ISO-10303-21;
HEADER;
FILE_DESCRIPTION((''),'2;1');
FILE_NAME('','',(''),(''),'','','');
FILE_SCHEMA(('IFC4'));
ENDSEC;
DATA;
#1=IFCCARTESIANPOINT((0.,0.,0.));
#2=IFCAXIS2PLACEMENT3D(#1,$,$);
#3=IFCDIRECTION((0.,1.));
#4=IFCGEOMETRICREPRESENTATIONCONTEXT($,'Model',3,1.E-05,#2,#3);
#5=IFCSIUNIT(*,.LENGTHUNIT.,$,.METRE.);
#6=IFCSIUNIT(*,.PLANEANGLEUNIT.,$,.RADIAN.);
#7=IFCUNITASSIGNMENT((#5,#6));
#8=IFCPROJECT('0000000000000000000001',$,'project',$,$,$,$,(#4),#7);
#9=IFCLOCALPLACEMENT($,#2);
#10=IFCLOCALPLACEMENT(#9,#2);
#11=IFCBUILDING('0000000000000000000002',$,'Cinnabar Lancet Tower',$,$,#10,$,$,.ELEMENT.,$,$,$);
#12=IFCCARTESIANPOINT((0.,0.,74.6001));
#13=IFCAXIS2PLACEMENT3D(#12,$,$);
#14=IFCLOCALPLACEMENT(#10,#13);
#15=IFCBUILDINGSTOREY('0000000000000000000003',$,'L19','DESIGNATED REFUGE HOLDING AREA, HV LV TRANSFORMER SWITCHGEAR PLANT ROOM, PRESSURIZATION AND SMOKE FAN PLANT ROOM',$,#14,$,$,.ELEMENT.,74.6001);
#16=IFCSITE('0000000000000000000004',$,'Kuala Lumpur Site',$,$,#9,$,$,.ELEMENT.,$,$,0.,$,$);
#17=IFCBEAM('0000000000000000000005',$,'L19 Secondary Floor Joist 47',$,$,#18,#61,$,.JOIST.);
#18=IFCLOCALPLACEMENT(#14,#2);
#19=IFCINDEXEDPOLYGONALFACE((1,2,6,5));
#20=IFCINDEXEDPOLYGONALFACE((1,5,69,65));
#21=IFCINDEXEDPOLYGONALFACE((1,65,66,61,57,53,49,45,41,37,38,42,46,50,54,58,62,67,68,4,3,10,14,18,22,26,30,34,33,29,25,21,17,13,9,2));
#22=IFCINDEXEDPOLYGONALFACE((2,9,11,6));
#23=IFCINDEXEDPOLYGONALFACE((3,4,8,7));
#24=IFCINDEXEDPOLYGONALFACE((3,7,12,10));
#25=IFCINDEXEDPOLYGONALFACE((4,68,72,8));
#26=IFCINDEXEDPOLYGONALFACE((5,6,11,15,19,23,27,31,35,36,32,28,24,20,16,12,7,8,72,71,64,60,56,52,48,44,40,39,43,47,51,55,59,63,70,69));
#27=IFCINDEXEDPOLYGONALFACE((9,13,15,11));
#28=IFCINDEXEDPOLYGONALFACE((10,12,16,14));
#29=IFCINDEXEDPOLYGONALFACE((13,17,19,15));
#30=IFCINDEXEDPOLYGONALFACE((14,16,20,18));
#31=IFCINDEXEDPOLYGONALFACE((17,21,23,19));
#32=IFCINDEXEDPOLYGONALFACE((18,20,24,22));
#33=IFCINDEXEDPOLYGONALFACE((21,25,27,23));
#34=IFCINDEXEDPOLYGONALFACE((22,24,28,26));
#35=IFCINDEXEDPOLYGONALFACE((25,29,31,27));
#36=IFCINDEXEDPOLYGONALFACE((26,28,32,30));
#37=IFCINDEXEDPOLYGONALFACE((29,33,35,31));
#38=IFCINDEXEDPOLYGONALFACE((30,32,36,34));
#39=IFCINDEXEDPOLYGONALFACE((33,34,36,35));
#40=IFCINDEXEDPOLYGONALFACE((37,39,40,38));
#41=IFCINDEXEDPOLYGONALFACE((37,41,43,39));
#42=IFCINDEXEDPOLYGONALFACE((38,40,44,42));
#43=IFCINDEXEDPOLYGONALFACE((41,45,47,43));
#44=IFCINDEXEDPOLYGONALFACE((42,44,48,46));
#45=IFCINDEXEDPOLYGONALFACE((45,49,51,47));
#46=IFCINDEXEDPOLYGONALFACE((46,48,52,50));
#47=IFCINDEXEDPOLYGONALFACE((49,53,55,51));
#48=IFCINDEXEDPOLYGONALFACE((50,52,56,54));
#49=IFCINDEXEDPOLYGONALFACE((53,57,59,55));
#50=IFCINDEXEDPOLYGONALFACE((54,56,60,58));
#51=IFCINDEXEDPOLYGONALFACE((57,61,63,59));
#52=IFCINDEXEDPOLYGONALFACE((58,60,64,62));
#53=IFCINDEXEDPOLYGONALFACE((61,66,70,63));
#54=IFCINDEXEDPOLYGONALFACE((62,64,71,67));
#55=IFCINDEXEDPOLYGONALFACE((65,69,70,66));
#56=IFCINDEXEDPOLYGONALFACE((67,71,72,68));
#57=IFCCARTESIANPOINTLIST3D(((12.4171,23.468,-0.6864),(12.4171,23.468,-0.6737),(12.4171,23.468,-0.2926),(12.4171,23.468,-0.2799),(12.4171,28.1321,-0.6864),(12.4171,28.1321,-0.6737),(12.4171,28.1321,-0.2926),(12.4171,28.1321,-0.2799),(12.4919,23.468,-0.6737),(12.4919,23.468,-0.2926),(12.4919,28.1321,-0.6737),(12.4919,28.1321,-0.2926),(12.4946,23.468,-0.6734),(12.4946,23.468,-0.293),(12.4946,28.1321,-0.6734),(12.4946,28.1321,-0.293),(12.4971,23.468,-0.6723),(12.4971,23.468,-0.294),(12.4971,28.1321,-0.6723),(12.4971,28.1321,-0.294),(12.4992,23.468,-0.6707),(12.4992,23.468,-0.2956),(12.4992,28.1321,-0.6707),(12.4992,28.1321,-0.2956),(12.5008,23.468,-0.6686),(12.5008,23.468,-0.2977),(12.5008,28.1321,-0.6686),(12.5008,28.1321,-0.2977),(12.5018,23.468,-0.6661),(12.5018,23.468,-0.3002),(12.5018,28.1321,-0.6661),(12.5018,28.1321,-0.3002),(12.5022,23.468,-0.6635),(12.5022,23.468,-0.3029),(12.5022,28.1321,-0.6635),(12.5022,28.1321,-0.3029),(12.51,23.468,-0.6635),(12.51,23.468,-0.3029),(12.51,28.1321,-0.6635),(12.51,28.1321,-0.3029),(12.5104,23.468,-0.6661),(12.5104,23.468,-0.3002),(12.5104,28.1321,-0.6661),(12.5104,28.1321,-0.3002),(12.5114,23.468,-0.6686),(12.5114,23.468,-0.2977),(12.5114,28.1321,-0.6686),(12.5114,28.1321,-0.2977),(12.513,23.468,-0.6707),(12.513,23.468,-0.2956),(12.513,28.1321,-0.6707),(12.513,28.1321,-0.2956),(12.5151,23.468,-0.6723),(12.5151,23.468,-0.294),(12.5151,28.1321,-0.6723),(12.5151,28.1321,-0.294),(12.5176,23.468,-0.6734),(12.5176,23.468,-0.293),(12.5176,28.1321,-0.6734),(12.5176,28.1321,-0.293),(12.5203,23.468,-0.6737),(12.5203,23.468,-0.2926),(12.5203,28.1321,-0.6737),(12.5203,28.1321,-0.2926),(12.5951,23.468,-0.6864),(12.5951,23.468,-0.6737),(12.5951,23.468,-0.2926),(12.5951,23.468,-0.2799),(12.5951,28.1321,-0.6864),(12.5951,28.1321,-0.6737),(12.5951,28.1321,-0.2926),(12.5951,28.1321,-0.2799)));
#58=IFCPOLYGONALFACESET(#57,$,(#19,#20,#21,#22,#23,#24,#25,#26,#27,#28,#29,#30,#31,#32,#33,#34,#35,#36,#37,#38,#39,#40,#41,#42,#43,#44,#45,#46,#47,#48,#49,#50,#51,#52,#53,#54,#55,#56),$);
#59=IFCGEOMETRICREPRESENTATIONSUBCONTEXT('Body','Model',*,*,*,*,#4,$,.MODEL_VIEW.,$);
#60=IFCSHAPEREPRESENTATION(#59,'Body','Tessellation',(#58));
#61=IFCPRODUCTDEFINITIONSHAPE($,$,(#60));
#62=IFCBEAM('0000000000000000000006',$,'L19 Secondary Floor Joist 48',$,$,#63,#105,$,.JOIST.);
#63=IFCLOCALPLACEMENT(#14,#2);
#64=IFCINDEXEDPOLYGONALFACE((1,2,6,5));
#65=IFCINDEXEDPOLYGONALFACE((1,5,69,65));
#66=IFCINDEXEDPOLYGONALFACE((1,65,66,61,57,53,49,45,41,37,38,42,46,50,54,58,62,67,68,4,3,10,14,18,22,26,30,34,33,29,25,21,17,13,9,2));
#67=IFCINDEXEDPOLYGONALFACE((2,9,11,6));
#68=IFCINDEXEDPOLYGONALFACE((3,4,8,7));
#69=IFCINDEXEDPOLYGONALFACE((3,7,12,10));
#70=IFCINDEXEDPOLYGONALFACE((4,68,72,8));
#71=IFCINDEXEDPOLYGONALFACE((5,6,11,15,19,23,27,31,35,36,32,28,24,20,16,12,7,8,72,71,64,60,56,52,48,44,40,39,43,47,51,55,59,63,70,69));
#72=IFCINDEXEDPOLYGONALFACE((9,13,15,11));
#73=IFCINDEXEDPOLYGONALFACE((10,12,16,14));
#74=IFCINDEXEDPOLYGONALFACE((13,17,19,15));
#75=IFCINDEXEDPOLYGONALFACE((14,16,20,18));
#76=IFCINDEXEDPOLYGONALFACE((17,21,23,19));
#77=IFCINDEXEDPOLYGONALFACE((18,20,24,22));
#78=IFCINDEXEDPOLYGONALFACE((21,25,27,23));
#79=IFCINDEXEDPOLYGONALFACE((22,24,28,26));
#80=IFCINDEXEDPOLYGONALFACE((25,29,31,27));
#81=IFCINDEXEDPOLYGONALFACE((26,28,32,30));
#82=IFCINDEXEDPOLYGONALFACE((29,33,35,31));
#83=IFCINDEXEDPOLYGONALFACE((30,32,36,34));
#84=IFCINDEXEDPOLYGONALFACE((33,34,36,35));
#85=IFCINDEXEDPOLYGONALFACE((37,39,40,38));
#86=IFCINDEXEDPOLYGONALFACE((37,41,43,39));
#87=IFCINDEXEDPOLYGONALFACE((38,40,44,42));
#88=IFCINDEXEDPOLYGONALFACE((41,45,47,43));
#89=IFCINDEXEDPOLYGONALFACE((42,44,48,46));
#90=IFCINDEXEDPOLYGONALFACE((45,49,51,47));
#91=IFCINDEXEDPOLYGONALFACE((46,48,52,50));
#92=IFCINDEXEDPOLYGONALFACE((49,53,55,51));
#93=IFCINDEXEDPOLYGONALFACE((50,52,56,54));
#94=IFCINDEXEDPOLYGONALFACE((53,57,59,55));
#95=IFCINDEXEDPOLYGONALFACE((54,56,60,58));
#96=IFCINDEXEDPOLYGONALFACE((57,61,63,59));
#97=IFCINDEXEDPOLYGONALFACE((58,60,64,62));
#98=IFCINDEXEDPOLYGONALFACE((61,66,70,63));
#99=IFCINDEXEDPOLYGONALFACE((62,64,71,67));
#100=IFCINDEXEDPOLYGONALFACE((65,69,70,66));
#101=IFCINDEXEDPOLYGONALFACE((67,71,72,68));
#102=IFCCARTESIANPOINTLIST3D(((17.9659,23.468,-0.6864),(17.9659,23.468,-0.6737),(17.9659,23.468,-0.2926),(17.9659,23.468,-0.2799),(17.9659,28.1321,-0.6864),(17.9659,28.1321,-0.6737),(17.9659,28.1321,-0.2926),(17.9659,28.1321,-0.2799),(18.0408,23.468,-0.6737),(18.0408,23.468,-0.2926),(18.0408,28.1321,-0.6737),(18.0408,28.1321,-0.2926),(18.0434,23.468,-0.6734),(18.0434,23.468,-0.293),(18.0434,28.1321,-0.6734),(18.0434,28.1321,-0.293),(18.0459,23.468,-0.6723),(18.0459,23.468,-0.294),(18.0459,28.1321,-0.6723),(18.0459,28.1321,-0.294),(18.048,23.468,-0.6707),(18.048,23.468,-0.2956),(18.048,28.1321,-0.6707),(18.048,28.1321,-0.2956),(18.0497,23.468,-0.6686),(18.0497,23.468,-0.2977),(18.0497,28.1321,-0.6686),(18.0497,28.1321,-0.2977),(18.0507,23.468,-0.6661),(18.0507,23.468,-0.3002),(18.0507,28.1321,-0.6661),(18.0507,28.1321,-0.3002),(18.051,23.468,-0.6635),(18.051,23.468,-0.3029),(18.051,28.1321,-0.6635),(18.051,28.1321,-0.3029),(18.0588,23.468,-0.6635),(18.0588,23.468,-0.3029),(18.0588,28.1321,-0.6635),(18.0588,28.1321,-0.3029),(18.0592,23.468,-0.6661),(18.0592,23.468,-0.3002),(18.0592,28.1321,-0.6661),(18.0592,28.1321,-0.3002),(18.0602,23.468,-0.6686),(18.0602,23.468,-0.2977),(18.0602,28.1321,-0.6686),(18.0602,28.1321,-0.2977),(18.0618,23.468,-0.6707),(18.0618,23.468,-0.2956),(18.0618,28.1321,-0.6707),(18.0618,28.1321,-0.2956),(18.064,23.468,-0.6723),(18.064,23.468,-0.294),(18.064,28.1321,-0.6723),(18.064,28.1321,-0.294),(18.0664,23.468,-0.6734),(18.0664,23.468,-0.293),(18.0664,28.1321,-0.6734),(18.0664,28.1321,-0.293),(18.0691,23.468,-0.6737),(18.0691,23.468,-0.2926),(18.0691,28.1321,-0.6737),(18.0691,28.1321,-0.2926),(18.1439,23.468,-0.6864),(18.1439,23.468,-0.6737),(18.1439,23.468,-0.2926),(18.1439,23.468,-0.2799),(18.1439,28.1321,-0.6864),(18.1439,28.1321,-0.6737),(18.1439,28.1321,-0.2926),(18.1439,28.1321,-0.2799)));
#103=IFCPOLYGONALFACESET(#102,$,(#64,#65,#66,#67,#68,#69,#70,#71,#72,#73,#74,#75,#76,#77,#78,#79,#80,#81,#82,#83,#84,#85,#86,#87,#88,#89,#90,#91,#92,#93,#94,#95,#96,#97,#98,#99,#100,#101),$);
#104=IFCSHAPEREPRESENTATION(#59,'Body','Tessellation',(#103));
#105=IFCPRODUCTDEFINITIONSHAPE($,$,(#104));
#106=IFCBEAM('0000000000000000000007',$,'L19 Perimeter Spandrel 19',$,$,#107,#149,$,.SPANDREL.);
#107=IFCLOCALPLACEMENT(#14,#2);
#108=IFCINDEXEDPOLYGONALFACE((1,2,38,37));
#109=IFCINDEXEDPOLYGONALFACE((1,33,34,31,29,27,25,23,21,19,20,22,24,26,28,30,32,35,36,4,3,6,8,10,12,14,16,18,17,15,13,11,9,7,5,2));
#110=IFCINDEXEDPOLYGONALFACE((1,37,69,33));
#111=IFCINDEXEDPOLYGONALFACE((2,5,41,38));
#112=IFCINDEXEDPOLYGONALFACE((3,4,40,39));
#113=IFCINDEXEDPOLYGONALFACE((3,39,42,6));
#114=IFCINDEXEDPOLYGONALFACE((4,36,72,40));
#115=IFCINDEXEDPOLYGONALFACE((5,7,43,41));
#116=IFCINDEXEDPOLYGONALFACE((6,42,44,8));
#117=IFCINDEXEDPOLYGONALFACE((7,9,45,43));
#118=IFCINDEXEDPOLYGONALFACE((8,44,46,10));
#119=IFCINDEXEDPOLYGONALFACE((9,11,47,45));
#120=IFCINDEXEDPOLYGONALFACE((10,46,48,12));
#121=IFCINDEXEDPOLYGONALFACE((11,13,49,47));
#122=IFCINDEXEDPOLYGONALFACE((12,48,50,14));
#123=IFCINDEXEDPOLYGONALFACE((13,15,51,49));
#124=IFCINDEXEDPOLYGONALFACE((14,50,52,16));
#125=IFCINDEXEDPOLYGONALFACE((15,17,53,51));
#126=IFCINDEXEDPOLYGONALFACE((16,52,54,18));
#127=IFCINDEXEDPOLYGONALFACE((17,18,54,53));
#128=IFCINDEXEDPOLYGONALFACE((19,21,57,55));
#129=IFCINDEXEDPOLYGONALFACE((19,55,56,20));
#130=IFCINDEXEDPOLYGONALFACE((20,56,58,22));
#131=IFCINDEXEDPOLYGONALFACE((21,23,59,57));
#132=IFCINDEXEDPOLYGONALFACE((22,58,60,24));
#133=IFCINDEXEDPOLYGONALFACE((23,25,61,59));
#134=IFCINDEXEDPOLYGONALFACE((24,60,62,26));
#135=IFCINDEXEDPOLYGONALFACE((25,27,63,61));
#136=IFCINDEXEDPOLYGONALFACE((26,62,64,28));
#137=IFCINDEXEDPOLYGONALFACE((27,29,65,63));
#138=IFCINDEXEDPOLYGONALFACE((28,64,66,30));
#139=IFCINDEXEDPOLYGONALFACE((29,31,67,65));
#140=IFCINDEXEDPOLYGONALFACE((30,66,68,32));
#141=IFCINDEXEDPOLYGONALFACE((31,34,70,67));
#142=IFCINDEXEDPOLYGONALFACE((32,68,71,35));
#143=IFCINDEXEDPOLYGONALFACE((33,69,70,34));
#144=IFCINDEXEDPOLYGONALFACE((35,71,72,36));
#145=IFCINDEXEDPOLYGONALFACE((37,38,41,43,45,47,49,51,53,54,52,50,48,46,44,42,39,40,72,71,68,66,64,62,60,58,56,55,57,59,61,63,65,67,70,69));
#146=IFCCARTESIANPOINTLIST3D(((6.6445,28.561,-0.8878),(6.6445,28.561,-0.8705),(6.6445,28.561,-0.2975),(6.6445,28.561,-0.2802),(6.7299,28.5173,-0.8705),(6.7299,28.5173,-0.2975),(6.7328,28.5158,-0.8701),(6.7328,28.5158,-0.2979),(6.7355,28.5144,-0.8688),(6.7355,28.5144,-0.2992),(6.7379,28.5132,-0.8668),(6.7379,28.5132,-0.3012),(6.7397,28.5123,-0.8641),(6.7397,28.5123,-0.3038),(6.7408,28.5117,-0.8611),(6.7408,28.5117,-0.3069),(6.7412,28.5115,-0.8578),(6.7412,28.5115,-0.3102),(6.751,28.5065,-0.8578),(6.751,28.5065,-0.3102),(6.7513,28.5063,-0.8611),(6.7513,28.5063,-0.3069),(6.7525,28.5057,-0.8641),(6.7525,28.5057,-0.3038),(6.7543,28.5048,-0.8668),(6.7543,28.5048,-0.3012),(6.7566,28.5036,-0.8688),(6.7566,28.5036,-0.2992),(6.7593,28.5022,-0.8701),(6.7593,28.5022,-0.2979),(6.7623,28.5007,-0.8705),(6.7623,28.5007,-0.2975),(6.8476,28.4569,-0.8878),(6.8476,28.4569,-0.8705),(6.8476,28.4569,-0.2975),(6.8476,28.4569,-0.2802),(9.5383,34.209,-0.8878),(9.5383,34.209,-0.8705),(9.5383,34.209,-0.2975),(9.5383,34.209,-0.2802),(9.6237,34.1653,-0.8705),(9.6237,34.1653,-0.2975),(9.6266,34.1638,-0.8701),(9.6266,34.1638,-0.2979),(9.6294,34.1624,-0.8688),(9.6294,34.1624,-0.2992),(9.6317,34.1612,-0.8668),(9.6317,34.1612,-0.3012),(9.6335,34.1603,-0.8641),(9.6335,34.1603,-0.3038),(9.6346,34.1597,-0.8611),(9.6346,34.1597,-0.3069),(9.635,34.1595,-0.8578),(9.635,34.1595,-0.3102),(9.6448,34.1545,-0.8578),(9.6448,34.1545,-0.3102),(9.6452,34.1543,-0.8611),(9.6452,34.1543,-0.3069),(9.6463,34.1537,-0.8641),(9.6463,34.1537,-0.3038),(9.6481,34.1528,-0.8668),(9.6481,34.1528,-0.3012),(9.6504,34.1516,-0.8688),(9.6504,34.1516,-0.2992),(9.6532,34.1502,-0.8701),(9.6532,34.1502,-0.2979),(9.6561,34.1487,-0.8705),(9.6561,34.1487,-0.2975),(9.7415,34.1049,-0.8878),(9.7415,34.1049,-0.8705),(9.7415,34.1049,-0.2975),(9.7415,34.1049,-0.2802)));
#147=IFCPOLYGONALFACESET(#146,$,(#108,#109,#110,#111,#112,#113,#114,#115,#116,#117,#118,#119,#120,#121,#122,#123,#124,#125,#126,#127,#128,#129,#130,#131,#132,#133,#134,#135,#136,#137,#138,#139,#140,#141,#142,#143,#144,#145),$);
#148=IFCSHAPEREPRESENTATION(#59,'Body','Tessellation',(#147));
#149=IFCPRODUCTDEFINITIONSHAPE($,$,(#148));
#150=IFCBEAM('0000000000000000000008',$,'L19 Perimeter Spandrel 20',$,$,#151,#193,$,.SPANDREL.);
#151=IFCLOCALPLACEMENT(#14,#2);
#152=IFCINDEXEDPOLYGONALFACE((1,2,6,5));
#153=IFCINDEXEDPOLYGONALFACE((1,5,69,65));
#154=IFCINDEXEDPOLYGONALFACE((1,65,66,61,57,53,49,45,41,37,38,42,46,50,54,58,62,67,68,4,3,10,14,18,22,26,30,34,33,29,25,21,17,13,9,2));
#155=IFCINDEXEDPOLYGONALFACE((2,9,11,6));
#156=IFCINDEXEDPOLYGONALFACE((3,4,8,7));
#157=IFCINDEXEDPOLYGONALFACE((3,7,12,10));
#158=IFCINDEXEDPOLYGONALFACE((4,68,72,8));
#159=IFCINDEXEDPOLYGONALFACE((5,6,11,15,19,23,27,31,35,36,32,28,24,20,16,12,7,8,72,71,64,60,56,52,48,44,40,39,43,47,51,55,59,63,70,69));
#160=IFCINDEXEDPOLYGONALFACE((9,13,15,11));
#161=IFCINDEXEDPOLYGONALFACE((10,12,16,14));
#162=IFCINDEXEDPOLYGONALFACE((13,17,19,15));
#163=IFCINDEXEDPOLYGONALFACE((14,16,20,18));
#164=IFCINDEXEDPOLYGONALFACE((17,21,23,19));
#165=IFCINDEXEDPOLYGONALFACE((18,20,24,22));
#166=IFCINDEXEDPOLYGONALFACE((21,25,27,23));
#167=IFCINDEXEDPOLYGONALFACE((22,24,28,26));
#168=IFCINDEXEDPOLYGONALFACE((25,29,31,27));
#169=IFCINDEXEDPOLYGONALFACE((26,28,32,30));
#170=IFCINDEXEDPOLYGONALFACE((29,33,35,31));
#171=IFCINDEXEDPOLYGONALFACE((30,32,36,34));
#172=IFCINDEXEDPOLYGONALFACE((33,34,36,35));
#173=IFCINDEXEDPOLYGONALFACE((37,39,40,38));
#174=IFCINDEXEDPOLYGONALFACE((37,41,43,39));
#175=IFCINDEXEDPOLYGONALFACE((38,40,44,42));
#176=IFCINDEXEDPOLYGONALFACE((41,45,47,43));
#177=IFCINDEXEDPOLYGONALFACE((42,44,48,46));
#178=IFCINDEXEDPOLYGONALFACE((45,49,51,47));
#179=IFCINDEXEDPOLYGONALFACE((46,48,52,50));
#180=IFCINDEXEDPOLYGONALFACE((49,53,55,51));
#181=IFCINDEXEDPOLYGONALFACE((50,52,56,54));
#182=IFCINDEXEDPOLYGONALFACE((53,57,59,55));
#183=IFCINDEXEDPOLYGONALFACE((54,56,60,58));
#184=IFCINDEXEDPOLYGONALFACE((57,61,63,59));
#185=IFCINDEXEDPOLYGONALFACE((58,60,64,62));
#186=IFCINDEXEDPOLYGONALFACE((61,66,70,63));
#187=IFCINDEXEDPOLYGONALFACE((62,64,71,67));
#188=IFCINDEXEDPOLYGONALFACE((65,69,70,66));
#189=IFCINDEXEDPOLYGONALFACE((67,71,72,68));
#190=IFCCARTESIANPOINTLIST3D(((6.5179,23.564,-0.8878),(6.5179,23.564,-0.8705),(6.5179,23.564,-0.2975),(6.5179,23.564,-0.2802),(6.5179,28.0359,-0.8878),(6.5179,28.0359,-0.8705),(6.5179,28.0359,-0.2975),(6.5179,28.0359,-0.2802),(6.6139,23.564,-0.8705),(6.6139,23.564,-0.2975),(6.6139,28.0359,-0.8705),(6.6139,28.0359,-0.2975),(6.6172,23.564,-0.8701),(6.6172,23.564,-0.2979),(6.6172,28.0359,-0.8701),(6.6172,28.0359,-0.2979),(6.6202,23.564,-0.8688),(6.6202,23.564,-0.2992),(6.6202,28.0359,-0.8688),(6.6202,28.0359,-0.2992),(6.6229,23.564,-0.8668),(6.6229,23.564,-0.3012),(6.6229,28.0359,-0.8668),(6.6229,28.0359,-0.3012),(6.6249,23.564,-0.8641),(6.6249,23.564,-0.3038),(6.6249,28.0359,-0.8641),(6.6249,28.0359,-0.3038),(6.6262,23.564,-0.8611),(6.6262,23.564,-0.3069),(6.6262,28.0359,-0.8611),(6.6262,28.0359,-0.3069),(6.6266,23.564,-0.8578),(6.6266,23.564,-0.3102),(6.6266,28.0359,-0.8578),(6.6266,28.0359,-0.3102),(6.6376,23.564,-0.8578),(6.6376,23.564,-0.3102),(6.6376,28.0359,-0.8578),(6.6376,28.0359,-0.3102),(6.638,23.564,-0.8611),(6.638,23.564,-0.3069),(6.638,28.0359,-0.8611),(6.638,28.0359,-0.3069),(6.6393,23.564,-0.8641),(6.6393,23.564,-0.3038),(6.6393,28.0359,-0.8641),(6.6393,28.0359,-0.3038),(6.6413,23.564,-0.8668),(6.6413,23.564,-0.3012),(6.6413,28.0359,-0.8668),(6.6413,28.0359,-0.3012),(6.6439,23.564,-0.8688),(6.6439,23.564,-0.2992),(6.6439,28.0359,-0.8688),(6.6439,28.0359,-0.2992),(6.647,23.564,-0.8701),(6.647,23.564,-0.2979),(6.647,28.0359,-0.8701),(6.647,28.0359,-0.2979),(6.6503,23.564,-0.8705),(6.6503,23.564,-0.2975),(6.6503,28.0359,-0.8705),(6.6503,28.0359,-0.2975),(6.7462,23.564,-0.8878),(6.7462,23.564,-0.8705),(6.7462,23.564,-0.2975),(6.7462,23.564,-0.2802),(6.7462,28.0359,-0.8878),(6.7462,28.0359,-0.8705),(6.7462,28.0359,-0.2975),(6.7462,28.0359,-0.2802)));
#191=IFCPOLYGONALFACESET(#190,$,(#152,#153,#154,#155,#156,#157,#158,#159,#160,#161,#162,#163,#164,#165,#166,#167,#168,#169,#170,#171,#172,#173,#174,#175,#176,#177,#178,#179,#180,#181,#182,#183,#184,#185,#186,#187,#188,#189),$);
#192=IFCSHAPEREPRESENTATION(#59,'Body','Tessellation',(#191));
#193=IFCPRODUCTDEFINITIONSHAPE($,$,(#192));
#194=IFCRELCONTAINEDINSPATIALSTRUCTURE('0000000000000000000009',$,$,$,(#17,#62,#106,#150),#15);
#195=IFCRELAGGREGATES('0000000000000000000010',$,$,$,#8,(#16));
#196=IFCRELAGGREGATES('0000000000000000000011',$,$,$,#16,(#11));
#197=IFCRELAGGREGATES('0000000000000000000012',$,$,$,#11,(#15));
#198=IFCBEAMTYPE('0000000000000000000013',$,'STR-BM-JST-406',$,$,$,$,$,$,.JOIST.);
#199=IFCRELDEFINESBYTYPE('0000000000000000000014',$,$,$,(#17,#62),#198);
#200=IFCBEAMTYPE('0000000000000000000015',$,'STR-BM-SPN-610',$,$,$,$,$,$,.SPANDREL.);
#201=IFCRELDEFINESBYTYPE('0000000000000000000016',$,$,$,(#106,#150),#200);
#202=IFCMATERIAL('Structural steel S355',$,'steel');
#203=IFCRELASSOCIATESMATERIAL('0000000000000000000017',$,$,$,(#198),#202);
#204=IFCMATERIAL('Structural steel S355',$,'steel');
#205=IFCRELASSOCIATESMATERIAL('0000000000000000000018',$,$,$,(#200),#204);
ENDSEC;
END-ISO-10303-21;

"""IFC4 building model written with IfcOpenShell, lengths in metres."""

from ifc_helpers import new_model, si_unit, direction, frame, origin, origin_2d, place, context, subcontext, project, spatial, i_section, extrude, material, material_profile, profile_set, type_object, element, save


model = new_model("IFC4")

# Units and contexts
model_context = context("Model", 3, precision=1e-05, world=origin(), true_north=direction((0.0, 1.0)))
body_context = subcontext(model_context, "Body", "Model", "MODEL_VIEW")
ifc_project = project(units=[si_unit("LENGTHUNIT", "METRE"), si_unit("PLANEANGLEUNIT", "RADIAN")], contexts=[model_context])

# Site, building, storey
site_placement = place(None, origin())
site = spatial("IfcSite", under=ifc_project, at=site_placement, Name="Kuala Lumpur Site", CompositionType="ELEMENT", RefElevation=0.0)
building_placement = place(site_placement, origin())
building = spatial("IfcBuilding", under=site, at=building_placement, Name="Cinnabar Lancet Tower", CompositionType="ELEMENT")
storey_placement = place(building_placement, frame((0.0, 0.0, 74.6001)))
storey = spatial("IfcBuildingStorey", under=building, at=storey_placement, Name="L19", Description="DESIGNATED REFUGE HOLDING AREA, HV LV TRANSFORMER SWITCHGEAR PLANT ROOM, PRESSURIZATION AND SMOKE FAN PLANT ROOM", CompositionType="ELEMENT", Elevation=74.6001)

# Beams
ifc_material_1 = material(Name="Structural steel S355", Category="steel")
ifc_material_profile_1 = material_profile(ifc_material_1, i_section(OverallWidth=0.178, OverallDepth=0.4065, WebThickness=0.0078, FlangeThickness=0.0127, FilletRadius=0.0103, at=origin_2d()), Name="UKB 406x178x60")
ifc_profile_set_1 = profile_set([ifc_material_profile_1], Name="Structural steel S355")
beam_type_1 = type_object("IfcBeamType", Name="STR-BM-JST-406", PredefinedType="JOIST", material=ifc_profile_set_1)
for number, where, z_axis, x_axis, name in (
    (1, (12.5061, 28.1321, -0.4832), (0.0, -1.0, 0.0), (1.0, 0.0, 0.0), "L19 Secondary Floor Joist 47"),
    (2, (18.0549, 28.1321, -0.4832), (0.0, -1.0, 0.0), (1.0, 0.0, 0.0), "L19 Secondary Floor Joist 48"),
):
    element("IfcBeam", number, at=place(storey_placement, frame(where, z_axis=z_axis, x_axis=x_axis)), inside=storey, type_object=beam_type_1, Name=name, PredefinedType="JOIST", context=body_context, shape_type="SweptSolid", body=[
        extrude(i_section(OverallWidth=0.178, OverallDepth=0.4065, WebThickness=0.0078, FlangeThickness=0.0127, FilletRadius=0.0103, at=origin_2d()), origin(), (0.0, 0.0, 1.0), 4.6641),
    ])
ifc_material_2 = material(Name="Structural steel S355", Category="steel")
ifc_material_profile_2 = material_profile(ifc_material_2, i_section(OverallWidth=0.2283, OverallDepth=0.6077, WebThickness=0.011, FlangeThickness=0.0173, FilletRadius=0.0127, at=origin_2d()), Name="UKB 610x229x113")
ifc_profile_set_2 = profile_set([ifc_material_profile_2], Name="Structural steel S355")
beam_type_2 = type_object("IfcBeamType", Name="STR-BM-SPN-610", PredefinedType="SPANDREL", material=ifc_profile_set_2)
beam_1_placement = place(storey_placement, frame((9.6399, 34.157, -0.584), z_axis=(-0.455994, -0.889983, 0.0), x_axis=(0.889983, -0.455994, 0.0)))
element("IfcBeam", 3, at=beam_1_placement, inside=storey, type_object=beam_type_2, Name="L19 Perimeter Spandrel 19", PredefinedType="SPANDREL", context=body_context, shape_type="SweptSolid", body=[
    extrude(i_section(OverallWidth=0.2283, OverallDepth=0.6077, WebThickness=0.011, FlangeThickness=0.0173, FilletRadius=0.0127, at=origin_2d()), origin(), (0.0, 0.0, 1.0), 6.3462),
])
beam_2_placement = place(storey_placement, frame((6.6321, 28.0359, -0.584), z_axis=(0.0, -1.0, 0.0), x_axis=(1.0, 0.0, 0.0)))
element("IfcBeam", 4, at=beam_2_placement, inside=storey, type_object=beam_type_2, Name="L19 Perimeter Spandrel 20", PredefinedType="SPANDREL", context=body_context, shape_type="SweptSolid", body=[
    extrude(i_section(OverallWidth=0.2283, OverallDepth=0.6077, WebThickness=0.011, FlangeThickness=0.0173, FilletRadius=0.0127, at=origin_2d()), origin(), (0.0, 0.0, 1.0), 4.4719),
])

save(model, "model.ifc")
